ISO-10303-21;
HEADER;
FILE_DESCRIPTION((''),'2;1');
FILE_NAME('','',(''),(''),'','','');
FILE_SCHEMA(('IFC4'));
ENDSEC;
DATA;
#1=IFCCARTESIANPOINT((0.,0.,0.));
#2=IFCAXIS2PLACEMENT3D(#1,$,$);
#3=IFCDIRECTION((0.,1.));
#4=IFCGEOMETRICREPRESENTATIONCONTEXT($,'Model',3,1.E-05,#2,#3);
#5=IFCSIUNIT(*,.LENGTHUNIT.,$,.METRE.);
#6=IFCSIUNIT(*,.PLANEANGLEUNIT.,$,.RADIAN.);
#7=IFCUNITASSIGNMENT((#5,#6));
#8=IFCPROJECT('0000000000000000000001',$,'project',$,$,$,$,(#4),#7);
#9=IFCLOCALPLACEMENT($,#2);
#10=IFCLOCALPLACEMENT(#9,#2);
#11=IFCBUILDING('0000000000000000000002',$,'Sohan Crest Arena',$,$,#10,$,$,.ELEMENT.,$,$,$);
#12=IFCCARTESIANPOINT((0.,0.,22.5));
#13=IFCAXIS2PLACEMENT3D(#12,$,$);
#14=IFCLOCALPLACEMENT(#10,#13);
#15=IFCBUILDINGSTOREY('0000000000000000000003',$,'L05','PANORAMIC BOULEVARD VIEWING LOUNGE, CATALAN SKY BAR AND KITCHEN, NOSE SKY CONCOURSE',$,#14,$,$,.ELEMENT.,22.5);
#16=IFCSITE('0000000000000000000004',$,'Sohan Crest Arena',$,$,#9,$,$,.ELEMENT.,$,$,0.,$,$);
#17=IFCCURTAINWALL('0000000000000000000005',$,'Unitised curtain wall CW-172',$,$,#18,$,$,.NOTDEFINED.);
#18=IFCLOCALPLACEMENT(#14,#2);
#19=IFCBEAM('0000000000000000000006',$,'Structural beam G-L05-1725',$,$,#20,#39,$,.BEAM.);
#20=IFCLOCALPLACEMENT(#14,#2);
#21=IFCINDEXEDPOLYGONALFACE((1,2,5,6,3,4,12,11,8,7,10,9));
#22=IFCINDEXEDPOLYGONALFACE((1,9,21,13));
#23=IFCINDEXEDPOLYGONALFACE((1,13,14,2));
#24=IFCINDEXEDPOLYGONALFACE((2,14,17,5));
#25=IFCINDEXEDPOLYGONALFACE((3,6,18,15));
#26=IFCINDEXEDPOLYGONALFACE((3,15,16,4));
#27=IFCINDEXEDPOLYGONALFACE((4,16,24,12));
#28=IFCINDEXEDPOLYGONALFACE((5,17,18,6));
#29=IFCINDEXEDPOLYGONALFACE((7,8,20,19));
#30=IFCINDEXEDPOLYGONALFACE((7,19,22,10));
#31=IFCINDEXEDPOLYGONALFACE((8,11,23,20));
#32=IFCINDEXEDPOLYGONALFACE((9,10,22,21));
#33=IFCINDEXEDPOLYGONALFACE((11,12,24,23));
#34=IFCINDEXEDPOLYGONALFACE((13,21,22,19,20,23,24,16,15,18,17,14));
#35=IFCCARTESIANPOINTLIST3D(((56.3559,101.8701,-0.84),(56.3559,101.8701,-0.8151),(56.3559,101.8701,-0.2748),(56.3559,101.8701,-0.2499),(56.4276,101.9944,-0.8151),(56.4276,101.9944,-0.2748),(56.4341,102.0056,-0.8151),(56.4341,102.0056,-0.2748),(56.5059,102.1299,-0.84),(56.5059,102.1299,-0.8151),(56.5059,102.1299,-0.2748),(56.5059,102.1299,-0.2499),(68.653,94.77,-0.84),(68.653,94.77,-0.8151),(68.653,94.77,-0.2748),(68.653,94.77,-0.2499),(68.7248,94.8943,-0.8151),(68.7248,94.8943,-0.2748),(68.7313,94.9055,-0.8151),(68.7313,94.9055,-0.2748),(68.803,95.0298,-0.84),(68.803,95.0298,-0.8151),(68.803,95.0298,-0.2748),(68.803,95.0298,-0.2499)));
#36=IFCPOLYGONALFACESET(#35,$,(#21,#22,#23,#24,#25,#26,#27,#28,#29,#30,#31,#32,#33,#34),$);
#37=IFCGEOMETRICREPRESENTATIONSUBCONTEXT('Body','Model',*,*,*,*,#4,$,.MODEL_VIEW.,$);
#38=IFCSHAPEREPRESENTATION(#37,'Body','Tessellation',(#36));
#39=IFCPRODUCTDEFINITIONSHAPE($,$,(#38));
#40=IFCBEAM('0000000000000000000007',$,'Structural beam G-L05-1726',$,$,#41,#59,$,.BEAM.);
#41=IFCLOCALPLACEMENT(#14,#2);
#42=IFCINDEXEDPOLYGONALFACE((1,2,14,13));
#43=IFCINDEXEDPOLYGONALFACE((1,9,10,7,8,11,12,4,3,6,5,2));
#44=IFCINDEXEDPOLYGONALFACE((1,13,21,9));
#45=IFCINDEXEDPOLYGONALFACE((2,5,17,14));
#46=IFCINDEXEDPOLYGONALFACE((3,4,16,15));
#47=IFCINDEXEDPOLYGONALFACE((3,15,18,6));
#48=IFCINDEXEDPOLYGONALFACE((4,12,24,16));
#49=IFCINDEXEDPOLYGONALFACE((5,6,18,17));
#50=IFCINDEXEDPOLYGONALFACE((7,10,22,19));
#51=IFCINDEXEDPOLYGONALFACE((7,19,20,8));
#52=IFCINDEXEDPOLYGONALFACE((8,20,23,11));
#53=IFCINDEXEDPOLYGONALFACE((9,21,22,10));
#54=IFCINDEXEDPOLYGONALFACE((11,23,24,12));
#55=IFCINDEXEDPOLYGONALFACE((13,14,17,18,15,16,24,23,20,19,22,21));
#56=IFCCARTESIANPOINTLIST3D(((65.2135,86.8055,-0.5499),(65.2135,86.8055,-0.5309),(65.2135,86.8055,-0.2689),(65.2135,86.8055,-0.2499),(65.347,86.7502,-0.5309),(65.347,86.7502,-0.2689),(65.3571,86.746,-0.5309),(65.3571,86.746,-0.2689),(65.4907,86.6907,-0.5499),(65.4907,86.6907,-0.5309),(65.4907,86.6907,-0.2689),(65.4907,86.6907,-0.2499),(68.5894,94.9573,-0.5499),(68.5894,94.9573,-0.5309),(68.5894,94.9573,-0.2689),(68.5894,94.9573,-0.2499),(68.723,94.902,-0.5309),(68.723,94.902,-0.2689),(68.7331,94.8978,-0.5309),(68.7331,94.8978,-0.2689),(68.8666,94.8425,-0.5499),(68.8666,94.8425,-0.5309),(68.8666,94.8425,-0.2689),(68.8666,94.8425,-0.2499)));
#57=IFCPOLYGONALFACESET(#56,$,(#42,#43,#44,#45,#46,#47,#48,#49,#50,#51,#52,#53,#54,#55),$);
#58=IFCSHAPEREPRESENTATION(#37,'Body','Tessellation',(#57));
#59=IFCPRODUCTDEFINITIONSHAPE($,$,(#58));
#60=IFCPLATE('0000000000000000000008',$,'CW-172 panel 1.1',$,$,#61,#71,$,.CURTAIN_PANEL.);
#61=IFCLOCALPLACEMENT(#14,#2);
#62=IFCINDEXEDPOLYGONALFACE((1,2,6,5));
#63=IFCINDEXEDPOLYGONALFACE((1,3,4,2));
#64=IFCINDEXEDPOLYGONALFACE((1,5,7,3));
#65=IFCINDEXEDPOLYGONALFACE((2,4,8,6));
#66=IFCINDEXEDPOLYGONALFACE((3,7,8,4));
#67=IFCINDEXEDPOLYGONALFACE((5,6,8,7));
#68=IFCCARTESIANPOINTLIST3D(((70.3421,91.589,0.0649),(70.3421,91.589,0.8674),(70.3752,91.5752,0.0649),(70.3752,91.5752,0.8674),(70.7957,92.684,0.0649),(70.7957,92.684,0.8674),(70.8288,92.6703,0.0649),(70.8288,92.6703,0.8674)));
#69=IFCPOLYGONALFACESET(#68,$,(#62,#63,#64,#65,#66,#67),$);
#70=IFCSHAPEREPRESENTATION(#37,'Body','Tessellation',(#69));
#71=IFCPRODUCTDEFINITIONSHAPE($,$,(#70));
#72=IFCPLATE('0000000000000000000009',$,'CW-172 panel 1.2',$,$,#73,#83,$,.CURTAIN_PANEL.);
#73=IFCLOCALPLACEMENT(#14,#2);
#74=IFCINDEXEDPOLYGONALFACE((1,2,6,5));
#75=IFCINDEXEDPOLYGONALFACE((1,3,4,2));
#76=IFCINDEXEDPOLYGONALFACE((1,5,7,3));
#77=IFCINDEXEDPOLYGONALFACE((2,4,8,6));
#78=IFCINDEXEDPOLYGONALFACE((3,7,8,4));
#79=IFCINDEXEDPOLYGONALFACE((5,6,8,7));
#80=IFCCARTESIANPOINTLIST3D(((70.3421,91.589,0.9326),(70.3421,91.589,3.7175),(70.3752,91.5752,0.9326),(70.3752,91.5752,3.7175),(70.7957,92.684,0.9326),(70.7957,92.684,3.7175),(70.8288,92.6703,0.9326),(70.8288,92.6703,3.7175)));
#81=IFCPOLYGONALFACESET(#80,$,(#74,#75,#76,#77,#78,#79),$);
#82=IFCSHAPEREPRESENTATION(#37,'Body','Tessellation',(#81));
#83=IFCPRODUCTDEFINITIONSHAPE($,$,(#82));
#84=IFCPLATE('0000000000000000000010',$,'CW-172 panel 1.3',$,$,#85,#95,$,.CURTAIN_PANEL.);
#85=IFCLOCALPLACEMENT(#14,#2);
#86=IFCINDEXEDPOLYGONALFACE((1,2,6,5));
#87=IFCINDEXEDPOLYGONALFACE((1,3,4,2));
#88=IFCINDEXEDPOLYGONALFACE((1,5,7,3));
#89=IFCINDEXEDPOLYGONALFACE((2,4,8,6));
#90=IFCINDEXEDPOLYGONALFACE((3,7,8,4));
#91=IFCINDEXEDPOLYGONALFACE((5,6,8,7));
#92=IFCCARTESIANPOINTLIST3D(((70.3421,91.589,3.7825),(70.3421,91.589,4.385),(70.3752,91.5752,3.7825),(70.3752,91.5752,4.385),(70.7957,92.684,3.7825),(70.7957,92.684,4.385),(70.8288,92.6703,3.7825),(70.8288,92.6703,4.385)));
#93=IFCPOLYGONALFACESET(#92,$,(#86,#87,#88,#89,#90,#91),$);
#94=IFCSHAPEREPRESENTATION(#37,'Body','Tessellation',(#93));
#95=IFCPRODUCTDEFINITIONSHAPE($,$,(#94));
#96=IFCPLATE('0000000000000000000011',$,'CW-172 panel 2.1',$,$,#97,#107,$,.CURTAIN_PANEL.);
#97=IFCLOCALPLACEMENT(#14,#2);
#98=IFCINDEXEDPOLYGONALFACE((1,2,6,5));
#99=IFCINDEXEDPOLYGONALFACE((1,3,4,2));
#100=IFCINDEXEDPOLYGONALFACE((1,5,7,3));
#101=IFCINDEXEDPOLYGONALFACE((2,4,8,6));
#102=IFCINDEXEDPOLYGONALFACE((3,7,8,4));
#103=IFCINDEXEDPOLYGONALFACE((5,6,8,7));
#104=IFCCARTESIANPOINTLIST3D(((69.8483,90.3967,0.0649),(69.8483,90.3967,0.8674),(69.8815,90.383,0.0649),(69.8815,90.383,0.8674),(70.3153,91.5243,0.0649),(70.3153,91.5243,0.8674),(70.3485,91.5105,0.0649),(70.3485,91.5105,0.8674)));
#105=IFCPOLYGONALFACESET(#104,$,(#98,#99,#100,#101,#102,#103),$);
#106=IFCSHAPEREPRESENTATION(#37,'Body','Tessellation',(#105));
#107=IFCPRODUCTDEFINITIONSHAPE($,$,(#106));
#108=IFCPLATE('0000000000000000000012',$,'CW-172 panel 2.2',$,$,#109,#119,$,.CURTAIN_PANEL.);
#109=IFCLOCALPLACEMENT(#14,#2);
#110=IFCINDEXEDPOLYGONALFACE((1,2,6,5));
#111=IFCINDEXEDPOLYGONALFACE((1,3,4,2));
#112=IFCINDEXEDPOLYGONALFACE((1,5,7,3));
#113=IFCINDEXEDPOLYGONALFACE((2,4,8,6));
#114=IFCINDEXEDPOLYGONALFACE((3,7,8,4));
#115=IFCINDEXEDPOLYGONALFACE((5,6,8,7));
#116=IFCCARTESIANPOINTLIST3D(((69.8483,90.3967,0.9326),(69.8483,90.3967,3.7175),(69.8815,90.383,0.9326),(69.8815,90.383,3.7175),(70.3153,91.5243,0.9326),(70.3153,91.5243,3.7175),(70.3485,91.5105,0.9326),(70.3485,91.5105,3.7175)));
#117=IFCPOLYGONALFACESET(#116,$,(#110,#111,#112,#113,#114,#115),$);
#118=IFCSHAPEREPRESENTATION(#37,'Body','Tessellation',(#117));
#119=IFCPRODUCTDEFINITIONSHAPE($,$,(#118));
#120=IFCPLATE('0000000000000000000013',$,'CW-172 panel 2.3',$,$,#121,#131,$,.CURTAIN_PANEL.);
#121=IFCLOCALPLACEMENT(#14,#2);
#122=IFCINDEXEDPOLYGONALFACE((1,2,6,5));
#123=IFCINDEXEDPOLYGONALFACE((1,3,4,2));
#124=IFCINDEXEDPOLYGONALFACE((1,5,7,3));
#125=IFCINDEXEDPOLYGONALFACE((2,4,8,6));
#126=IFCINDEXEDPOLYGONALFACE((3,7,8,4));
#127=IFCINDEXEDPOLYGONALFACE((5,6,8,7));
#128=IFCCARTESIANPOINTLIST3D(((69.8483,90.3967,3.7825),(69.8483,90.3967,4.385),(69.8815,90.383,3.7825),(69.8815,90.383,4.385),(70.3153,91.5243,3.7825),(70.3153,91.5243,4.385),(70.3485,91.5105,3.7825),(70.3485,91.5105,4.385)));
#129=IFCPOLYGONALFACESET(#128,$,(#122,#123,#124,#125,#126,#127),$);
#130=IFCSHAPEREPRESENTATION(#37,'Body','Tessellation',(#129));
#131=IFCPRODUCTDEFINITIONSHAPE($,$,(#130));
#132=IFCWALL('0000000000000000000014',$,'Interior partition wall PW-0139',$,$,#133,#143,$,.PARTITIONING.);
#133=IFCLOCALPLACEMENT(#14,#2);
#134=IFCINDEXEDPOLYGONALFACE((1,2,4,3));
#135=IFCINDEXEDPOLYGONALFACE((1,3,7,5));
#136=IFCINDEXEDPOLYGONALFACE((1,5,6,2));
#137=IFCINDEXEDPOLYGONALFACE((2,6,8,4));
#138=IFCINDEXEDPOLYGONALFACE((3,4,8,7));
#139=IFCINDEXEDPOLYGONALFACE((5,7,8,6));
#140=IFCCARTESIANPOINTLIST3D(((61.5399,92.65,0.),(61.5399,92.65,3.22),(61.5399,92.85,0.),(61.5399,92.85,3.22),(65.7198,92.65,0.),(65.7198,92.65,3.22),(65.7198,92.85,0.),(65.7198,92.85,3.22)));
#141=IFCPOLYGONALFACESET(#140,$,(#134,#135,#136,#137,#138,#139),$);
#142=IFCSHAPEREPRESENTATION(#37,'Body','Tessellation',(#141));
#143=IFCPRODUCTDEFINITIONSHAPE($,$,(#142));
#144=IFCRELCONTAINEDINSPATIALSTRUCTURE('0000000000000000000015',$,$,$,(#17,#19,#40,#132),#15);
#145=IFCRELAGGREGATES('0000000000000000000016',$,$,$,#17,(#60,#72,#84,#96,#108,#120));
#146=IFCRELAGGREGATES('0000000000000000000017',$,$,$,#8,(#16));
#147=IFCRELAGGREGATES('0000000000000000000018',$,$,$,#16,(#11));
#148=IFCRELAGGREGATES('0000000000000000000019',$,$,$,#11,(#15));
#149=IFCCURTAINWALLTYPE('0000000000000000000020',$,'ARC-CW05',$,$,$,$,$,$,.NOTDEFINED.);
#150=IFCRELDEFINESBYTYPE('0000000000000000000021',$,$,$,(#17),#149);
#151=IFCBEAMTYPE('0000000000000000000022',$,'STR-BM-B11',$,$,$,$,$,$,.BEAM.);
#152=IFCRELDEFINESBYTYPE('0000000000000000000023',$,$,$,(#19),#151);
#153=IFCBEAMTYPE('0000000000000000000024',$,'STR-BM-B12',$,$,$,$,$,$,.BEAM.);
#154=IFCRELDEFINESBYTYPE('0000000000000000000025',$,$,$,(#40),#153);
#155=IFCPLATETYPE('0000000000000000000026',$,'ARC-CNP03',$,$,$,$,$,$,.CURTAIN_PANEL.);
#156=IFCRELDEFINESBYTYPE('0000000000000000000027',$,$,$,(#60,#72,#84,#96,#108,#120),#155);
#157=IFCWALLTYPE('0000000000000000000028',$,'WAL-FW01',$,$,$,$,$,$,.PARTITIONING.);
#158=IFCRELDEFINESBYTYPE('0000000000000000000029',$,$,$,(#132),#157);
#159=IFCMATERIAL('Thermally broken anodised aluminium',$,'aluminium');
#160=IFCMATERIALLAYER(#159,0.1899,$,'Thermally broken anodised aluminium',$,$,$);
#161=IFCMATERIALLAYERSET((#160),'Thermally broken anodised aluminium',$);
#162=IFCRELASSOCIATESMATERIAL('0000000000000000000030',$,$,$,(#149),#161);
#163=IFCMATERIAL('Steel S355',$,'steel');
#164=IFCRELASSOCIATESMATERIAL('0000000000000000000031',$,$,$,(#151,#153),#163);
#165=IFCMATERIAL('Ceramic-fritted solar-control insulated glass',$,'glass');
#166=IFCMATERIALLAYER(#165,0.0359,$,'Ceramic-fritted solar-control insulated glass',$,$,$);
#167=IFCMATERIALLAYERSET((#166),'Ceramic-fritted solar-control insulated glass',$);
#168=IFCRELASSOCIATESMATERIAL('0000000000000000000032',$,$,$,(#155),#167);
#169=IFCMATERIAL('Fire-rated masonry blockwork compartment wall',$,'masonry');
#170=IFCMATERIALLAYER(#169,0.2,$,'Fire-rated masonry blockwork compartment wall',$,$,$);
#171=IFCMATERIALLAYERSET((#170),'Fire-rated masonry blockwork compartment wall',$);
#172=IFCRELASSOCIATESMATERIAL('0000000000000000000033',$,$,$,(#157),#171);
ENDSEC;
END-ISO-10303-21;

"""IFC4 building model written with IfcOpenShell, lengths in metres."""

from ifc_helpers import new_model, si_unit, direction, frame, frame_2d, origin, origin_2d, place, context, subcontext, project, spatial, rectangle, i_section, extrude, material, layer, layer_set, material_profile, profile_set, type_object, element, aggregate, save


model = new_model("IFC4")

# Units and contexts
model_context = context("Model", 3, precision=1e-05, world=origin(), true_north=direction((0.0, 1.0)))
body_context = subcontext(model_context, "Body", "Model", "MODEL_VIEW")
ifc_project = project(units=[si_unit("LENGTHUNIT", "METRE"), si_unit("PLANEANGLEUNIT", "RADIAN")], contexts=[model_context])

# Site, building, storey
site_placement = place(None, origin())
site = spatial("IfcSite", under=ifc_project, at=site_placement, Name="Sohan Crest Arena", CompositionType="ELEMENT", RefElevation=0.0)
building_placement = place(site_placement, origin())
building = spatial("IfcBuilding", under=site, at=building_placement, Name="Sohan Crest Arena", CompositionType="ELEMENT")
storey_placement = place(building_placement, frame((0.0, 0.0, 22.5)))
storey = spatial("IfcBuildingStorey", under=building, at=storey_placement, Name="L05", Description="PANORAMIC BOULEVARD VIEWING LOUNGE, CATALAN SKY BAR AND KITCHEN, NOSE SKY CONCOURSE", CompositionType="ELEMENT", Elevation=22.5)

# Shared definitions
ifc_material_1 = material(Name="Steel S355", Category="steel")

# Curtain wall
ifc_material_2 = material(Name="Thermally broken anodised aluminium", Category="aluminium")
ifc_layer_1 = layer(ifc_material_2, 0.1899, Name="Thermally broken anodised aluminium")
ifc_layer_set_1 = layer_set([ifc_layer_1], Name="Thermally broken anodised aluminium")
curtain_wall_type = type_object("IfcCurtainWallType", Name="ARC-CW05", PredefinedType="NOTDEFINED", material=ifc_layer_set_1)
curtain_wall_placement = place(storey_placement, origin())
curtain_wall = element("IfcCurtainWall", 1, at=curtain_wall_placement, inside=storey, type_object=curtain_wall_type, Name="Unitised curtain wall CW-172", PredefinedType="NOTDEFINED")

# Beams
ifc_material_profile_1 = material_profile(ifc_material_1, i_section(OverallWidth=0.3, OverallDepth=0.5901, WebThickness=0.0129, FlangeThickness=0.0249, at=origin_2d()), Name="HEA 600")
ifc_profile_set_1 = profile_set([ifc_material_profile_1], Name="Steel S355")
beam_type_1 = type_object("IfcBeamType", Name="STR-BM-B11", PredefinedType="BEAM", material=ifc_profile_set_1)
beam_1_placement = place(storey_placement, frame((68.728, 94.8999, -0.5449), z_axis=(-0.866015, 0.500019, 0.0), x_axis=(-0.500019, -0.866015, 0.0)))
element("IfcBeam", 2, at=beam_1_placement, inside=storey, type_object=beam_type_1, Name="Structural beam G-L05-1725", PredefinedType="BEAM", context=body_context, shape_type="SweptSolid", body=[
    extrude(i_section(OverallWidth=0.3, OverallDepth=0.5901, WebThickness=0.0129, FlangeThickness=0.0249, at=origin_2d()), origin(), (0.0, 0.0, 1.0), 14.1997),
])
ifc_material_profile_2 = material_profile(ifc_material_1, i_section(OverallWidth=0.3, OverallDepth=0.3, WebThickness=0.011, FlangeThickness=0.019, at=origin_2d()), Name="HEB 300")
ifc_profile_set_2 = profile_set([ifc_material_profile_2], Name="Steel S355")
beam_type_2 = type_object("IfcBeamType", Name="STR-BM-B12", PredefinedType="BEAM", material=ifc_profile_set_2)
beam_2_placement = place(storey_placement, frame((68.728, 94.8999, -0.3999), z_axis=(-0.382622, -0.923905, 0.0), x_axis=(0.923905, -0.382622, 0.0)))
element("IfcBeam", 3, at=beam_2_placement, inside=storey, type_object=beam_type_2, Name="Structural beam G-L05-1726", PredefinedType="BEAM", context=body_context, shape_type="SweptSolid", body=[
    extrude(i_section(OverallWidth=0.3, OverallDepth=0.3, WebThickness=0.011, FlangeThickness=0.019, at=origin_2d()), origin(), (0.0, 0.0, 1.0), 8.8232),
])

# Plates
ifc_material_3 = material(Name="Ceramic-fritted solar-control insulated glass", Category="glass")
ifc_layer_2 = layer(ifc_material_3, 0.0359, Name="Ceramic-fritted solar-control insulated glass")
ifc_layer_set_2 = layer_set([ifc_layer_2], Name="Ceramic-fritted solar-control insulated glass")
plate_type = type_object("IfcPlateType", Name="ARC-CNP03", PredefinedType="CURTAIN_PANEL", material=ifc_layer_set_2)
plate_1_placement = place(storey_placement, frame((70.5854, 92.1296, 0.0649), z_axis=(0.0, 0.0, 1.0), x_axis=(-0.382667, -0.923886, 0.0)))
plate_1 = element("IfcPlate", 4, at=plate_1_placement, type_object=plate_type, Name="CW-172 panel 1.1", PredefinedType="CURTAIN_PANEL", context=body_context, shape_type="SweptSolid", body=[
    extrude(rectangle(XDim=1.1853, YDim=0.0359, at=origin_2d()), origin(), (0.0, 0.0, 1.0), 0.8025),
])
plate_2_placement = place(storey_placement, frame((70.5854, 92.1296, 0.9326), z_axis=(0.0, 0.0, 1.0), x_axis=(-0.382667, -0.923886, 0.0)))
plate_2 = element("IfcPlate", 5, at=plate_2_placement, type_object=plate_type, Name="CW-172 panel 1.2", PredefinedType="CURTAIN_PANEL", context=body_context, shape_type="SweptSolid", body=[
    extrude(rectangle(XDim=1.1853, YDim=0.0359, at=origin_2d()), origin(), (0.0, 0.0, 1.0), 2.7849),
])
plate_3_placement = place(storey_placement, frame((70.5854, 92.1296, 3.7825), z_axis=(0.0, 0.0, 1.0), x_axis=(-0.382667, -0.923886, 0.0)))
plate_3 = element("IfcPlate", 6, at=plate_3_placement, type_object=plate_type, Name="CW-172 panel 1.3", PredefinedType="CURTAIN_PANEL", context=body_context, shape_type="SweptSolid", body=[
    extrude(rectangle(XDim=1.1853, YDim=0.0359, at=origin_2d()), origin(), (0.0, 0.0, 1.0), 0.6025),
])
plate_4_placement = place(storey_placement, frame((70.0984, 90.9536, 0.0649), z_axis=(0.0, 0.0, 1.0), x_axis=(-0.382667, -0.923886, 0.0)))
plate_4 = element("IfcPlate", 7, at=plate_4_placement, type_object=plate_type, Name="CW-172 panel 2.1", PredefinedType="CURTAIN_PANEL", context=body_context, shape_type="SweptSolid", body=[
    extrude(rectangle(XDim=1.2205, YDim=0.0359, at=origin_2d()), origin(), (0.0, 0.0, 1.0), 0.8025),
])
plate_5_placement = place(storey_placement, frame((70.0984, 90.9536, 0.9326), z_axis=(0.0, 0.0, 1.0), x_axis=(-0.382667, -0.923886, 0.0)))
plate_5 = element("IfcPlate", 8, at=plate_5_placement, type_object=plate_type, Name="CW-172 panel 2.2", PredefinedType="CURTAIN_PANEL", context=body_context, shape_type="SweptSolid", body=[
    extrude(rectangle(XDim=1.2205, YDim=0.0359, at=origin_2d()), origin(), (0.0, 0.0, 1.0), 2.7849),
])
plate_6_placement = place(storey_placement, frame((70.0984, 90.9536, 3.7825), z_axis=(0.0, 0.0, 1.0), x_axis=(-0.382667, -0.923886, 0.0)))
plate_6 = element("IfcPlate", 9, at=plate_6_placement, type_object=plate_type, Name="CW-172 panel 2.3", PredefinedType="CURTAIN_PANEL", context=body_context, shape_type="SweptSolid", body=[
    extrude(rectangle(XDim=1.2205, YDim=0.0359, at=origin_2d()), origin(), (0.0, 0.0, 1.0), 0.6025),
])
aggregate(curtain_wall, [plate_1, plate_2, plate_3, plate_4, plate_5, plate_6])

# Wall
ifc_material_4 = material(Name="Fire-rated masonry blockwork compartment wall", Category="masonry")
ifc_layer_3 = layer(ifc_material_4, 0.2, Name="Fire-rated masonry blockwork compartment wall")
ifc_layer_set_3 = layer_set([ifc_layer_3], Name="Fire-rated masonry blockwork compartment wall")
wall_type = type_object("IfcWallType", Name="WAL-FW01", PredefinedType="PARTITIONING", material=ifc_layer_set_3)
wall_placement = place(storey_placement, frame((61.54, 92.75, 0.0), z_axis=(0.0, 0.0, 1.0), x_axis=(1.0, 0.0, 0.0)))
element("IfcWall", 10, at=wall_placement, inside=storey, type_object=wall_type, Name="Interior partition wall PW-0139", PredefinedType="PARTITIONING", context=body_context, shape_type="SweptSolid", body=[
    extrude(rectangle(XDim=4.1799, YDim=0.2, at=frame_2d((2.0898, 0.0))), origin(), (0.0, 0.0, 1.0), 3.22),
])

save(model, "model.ifc")
